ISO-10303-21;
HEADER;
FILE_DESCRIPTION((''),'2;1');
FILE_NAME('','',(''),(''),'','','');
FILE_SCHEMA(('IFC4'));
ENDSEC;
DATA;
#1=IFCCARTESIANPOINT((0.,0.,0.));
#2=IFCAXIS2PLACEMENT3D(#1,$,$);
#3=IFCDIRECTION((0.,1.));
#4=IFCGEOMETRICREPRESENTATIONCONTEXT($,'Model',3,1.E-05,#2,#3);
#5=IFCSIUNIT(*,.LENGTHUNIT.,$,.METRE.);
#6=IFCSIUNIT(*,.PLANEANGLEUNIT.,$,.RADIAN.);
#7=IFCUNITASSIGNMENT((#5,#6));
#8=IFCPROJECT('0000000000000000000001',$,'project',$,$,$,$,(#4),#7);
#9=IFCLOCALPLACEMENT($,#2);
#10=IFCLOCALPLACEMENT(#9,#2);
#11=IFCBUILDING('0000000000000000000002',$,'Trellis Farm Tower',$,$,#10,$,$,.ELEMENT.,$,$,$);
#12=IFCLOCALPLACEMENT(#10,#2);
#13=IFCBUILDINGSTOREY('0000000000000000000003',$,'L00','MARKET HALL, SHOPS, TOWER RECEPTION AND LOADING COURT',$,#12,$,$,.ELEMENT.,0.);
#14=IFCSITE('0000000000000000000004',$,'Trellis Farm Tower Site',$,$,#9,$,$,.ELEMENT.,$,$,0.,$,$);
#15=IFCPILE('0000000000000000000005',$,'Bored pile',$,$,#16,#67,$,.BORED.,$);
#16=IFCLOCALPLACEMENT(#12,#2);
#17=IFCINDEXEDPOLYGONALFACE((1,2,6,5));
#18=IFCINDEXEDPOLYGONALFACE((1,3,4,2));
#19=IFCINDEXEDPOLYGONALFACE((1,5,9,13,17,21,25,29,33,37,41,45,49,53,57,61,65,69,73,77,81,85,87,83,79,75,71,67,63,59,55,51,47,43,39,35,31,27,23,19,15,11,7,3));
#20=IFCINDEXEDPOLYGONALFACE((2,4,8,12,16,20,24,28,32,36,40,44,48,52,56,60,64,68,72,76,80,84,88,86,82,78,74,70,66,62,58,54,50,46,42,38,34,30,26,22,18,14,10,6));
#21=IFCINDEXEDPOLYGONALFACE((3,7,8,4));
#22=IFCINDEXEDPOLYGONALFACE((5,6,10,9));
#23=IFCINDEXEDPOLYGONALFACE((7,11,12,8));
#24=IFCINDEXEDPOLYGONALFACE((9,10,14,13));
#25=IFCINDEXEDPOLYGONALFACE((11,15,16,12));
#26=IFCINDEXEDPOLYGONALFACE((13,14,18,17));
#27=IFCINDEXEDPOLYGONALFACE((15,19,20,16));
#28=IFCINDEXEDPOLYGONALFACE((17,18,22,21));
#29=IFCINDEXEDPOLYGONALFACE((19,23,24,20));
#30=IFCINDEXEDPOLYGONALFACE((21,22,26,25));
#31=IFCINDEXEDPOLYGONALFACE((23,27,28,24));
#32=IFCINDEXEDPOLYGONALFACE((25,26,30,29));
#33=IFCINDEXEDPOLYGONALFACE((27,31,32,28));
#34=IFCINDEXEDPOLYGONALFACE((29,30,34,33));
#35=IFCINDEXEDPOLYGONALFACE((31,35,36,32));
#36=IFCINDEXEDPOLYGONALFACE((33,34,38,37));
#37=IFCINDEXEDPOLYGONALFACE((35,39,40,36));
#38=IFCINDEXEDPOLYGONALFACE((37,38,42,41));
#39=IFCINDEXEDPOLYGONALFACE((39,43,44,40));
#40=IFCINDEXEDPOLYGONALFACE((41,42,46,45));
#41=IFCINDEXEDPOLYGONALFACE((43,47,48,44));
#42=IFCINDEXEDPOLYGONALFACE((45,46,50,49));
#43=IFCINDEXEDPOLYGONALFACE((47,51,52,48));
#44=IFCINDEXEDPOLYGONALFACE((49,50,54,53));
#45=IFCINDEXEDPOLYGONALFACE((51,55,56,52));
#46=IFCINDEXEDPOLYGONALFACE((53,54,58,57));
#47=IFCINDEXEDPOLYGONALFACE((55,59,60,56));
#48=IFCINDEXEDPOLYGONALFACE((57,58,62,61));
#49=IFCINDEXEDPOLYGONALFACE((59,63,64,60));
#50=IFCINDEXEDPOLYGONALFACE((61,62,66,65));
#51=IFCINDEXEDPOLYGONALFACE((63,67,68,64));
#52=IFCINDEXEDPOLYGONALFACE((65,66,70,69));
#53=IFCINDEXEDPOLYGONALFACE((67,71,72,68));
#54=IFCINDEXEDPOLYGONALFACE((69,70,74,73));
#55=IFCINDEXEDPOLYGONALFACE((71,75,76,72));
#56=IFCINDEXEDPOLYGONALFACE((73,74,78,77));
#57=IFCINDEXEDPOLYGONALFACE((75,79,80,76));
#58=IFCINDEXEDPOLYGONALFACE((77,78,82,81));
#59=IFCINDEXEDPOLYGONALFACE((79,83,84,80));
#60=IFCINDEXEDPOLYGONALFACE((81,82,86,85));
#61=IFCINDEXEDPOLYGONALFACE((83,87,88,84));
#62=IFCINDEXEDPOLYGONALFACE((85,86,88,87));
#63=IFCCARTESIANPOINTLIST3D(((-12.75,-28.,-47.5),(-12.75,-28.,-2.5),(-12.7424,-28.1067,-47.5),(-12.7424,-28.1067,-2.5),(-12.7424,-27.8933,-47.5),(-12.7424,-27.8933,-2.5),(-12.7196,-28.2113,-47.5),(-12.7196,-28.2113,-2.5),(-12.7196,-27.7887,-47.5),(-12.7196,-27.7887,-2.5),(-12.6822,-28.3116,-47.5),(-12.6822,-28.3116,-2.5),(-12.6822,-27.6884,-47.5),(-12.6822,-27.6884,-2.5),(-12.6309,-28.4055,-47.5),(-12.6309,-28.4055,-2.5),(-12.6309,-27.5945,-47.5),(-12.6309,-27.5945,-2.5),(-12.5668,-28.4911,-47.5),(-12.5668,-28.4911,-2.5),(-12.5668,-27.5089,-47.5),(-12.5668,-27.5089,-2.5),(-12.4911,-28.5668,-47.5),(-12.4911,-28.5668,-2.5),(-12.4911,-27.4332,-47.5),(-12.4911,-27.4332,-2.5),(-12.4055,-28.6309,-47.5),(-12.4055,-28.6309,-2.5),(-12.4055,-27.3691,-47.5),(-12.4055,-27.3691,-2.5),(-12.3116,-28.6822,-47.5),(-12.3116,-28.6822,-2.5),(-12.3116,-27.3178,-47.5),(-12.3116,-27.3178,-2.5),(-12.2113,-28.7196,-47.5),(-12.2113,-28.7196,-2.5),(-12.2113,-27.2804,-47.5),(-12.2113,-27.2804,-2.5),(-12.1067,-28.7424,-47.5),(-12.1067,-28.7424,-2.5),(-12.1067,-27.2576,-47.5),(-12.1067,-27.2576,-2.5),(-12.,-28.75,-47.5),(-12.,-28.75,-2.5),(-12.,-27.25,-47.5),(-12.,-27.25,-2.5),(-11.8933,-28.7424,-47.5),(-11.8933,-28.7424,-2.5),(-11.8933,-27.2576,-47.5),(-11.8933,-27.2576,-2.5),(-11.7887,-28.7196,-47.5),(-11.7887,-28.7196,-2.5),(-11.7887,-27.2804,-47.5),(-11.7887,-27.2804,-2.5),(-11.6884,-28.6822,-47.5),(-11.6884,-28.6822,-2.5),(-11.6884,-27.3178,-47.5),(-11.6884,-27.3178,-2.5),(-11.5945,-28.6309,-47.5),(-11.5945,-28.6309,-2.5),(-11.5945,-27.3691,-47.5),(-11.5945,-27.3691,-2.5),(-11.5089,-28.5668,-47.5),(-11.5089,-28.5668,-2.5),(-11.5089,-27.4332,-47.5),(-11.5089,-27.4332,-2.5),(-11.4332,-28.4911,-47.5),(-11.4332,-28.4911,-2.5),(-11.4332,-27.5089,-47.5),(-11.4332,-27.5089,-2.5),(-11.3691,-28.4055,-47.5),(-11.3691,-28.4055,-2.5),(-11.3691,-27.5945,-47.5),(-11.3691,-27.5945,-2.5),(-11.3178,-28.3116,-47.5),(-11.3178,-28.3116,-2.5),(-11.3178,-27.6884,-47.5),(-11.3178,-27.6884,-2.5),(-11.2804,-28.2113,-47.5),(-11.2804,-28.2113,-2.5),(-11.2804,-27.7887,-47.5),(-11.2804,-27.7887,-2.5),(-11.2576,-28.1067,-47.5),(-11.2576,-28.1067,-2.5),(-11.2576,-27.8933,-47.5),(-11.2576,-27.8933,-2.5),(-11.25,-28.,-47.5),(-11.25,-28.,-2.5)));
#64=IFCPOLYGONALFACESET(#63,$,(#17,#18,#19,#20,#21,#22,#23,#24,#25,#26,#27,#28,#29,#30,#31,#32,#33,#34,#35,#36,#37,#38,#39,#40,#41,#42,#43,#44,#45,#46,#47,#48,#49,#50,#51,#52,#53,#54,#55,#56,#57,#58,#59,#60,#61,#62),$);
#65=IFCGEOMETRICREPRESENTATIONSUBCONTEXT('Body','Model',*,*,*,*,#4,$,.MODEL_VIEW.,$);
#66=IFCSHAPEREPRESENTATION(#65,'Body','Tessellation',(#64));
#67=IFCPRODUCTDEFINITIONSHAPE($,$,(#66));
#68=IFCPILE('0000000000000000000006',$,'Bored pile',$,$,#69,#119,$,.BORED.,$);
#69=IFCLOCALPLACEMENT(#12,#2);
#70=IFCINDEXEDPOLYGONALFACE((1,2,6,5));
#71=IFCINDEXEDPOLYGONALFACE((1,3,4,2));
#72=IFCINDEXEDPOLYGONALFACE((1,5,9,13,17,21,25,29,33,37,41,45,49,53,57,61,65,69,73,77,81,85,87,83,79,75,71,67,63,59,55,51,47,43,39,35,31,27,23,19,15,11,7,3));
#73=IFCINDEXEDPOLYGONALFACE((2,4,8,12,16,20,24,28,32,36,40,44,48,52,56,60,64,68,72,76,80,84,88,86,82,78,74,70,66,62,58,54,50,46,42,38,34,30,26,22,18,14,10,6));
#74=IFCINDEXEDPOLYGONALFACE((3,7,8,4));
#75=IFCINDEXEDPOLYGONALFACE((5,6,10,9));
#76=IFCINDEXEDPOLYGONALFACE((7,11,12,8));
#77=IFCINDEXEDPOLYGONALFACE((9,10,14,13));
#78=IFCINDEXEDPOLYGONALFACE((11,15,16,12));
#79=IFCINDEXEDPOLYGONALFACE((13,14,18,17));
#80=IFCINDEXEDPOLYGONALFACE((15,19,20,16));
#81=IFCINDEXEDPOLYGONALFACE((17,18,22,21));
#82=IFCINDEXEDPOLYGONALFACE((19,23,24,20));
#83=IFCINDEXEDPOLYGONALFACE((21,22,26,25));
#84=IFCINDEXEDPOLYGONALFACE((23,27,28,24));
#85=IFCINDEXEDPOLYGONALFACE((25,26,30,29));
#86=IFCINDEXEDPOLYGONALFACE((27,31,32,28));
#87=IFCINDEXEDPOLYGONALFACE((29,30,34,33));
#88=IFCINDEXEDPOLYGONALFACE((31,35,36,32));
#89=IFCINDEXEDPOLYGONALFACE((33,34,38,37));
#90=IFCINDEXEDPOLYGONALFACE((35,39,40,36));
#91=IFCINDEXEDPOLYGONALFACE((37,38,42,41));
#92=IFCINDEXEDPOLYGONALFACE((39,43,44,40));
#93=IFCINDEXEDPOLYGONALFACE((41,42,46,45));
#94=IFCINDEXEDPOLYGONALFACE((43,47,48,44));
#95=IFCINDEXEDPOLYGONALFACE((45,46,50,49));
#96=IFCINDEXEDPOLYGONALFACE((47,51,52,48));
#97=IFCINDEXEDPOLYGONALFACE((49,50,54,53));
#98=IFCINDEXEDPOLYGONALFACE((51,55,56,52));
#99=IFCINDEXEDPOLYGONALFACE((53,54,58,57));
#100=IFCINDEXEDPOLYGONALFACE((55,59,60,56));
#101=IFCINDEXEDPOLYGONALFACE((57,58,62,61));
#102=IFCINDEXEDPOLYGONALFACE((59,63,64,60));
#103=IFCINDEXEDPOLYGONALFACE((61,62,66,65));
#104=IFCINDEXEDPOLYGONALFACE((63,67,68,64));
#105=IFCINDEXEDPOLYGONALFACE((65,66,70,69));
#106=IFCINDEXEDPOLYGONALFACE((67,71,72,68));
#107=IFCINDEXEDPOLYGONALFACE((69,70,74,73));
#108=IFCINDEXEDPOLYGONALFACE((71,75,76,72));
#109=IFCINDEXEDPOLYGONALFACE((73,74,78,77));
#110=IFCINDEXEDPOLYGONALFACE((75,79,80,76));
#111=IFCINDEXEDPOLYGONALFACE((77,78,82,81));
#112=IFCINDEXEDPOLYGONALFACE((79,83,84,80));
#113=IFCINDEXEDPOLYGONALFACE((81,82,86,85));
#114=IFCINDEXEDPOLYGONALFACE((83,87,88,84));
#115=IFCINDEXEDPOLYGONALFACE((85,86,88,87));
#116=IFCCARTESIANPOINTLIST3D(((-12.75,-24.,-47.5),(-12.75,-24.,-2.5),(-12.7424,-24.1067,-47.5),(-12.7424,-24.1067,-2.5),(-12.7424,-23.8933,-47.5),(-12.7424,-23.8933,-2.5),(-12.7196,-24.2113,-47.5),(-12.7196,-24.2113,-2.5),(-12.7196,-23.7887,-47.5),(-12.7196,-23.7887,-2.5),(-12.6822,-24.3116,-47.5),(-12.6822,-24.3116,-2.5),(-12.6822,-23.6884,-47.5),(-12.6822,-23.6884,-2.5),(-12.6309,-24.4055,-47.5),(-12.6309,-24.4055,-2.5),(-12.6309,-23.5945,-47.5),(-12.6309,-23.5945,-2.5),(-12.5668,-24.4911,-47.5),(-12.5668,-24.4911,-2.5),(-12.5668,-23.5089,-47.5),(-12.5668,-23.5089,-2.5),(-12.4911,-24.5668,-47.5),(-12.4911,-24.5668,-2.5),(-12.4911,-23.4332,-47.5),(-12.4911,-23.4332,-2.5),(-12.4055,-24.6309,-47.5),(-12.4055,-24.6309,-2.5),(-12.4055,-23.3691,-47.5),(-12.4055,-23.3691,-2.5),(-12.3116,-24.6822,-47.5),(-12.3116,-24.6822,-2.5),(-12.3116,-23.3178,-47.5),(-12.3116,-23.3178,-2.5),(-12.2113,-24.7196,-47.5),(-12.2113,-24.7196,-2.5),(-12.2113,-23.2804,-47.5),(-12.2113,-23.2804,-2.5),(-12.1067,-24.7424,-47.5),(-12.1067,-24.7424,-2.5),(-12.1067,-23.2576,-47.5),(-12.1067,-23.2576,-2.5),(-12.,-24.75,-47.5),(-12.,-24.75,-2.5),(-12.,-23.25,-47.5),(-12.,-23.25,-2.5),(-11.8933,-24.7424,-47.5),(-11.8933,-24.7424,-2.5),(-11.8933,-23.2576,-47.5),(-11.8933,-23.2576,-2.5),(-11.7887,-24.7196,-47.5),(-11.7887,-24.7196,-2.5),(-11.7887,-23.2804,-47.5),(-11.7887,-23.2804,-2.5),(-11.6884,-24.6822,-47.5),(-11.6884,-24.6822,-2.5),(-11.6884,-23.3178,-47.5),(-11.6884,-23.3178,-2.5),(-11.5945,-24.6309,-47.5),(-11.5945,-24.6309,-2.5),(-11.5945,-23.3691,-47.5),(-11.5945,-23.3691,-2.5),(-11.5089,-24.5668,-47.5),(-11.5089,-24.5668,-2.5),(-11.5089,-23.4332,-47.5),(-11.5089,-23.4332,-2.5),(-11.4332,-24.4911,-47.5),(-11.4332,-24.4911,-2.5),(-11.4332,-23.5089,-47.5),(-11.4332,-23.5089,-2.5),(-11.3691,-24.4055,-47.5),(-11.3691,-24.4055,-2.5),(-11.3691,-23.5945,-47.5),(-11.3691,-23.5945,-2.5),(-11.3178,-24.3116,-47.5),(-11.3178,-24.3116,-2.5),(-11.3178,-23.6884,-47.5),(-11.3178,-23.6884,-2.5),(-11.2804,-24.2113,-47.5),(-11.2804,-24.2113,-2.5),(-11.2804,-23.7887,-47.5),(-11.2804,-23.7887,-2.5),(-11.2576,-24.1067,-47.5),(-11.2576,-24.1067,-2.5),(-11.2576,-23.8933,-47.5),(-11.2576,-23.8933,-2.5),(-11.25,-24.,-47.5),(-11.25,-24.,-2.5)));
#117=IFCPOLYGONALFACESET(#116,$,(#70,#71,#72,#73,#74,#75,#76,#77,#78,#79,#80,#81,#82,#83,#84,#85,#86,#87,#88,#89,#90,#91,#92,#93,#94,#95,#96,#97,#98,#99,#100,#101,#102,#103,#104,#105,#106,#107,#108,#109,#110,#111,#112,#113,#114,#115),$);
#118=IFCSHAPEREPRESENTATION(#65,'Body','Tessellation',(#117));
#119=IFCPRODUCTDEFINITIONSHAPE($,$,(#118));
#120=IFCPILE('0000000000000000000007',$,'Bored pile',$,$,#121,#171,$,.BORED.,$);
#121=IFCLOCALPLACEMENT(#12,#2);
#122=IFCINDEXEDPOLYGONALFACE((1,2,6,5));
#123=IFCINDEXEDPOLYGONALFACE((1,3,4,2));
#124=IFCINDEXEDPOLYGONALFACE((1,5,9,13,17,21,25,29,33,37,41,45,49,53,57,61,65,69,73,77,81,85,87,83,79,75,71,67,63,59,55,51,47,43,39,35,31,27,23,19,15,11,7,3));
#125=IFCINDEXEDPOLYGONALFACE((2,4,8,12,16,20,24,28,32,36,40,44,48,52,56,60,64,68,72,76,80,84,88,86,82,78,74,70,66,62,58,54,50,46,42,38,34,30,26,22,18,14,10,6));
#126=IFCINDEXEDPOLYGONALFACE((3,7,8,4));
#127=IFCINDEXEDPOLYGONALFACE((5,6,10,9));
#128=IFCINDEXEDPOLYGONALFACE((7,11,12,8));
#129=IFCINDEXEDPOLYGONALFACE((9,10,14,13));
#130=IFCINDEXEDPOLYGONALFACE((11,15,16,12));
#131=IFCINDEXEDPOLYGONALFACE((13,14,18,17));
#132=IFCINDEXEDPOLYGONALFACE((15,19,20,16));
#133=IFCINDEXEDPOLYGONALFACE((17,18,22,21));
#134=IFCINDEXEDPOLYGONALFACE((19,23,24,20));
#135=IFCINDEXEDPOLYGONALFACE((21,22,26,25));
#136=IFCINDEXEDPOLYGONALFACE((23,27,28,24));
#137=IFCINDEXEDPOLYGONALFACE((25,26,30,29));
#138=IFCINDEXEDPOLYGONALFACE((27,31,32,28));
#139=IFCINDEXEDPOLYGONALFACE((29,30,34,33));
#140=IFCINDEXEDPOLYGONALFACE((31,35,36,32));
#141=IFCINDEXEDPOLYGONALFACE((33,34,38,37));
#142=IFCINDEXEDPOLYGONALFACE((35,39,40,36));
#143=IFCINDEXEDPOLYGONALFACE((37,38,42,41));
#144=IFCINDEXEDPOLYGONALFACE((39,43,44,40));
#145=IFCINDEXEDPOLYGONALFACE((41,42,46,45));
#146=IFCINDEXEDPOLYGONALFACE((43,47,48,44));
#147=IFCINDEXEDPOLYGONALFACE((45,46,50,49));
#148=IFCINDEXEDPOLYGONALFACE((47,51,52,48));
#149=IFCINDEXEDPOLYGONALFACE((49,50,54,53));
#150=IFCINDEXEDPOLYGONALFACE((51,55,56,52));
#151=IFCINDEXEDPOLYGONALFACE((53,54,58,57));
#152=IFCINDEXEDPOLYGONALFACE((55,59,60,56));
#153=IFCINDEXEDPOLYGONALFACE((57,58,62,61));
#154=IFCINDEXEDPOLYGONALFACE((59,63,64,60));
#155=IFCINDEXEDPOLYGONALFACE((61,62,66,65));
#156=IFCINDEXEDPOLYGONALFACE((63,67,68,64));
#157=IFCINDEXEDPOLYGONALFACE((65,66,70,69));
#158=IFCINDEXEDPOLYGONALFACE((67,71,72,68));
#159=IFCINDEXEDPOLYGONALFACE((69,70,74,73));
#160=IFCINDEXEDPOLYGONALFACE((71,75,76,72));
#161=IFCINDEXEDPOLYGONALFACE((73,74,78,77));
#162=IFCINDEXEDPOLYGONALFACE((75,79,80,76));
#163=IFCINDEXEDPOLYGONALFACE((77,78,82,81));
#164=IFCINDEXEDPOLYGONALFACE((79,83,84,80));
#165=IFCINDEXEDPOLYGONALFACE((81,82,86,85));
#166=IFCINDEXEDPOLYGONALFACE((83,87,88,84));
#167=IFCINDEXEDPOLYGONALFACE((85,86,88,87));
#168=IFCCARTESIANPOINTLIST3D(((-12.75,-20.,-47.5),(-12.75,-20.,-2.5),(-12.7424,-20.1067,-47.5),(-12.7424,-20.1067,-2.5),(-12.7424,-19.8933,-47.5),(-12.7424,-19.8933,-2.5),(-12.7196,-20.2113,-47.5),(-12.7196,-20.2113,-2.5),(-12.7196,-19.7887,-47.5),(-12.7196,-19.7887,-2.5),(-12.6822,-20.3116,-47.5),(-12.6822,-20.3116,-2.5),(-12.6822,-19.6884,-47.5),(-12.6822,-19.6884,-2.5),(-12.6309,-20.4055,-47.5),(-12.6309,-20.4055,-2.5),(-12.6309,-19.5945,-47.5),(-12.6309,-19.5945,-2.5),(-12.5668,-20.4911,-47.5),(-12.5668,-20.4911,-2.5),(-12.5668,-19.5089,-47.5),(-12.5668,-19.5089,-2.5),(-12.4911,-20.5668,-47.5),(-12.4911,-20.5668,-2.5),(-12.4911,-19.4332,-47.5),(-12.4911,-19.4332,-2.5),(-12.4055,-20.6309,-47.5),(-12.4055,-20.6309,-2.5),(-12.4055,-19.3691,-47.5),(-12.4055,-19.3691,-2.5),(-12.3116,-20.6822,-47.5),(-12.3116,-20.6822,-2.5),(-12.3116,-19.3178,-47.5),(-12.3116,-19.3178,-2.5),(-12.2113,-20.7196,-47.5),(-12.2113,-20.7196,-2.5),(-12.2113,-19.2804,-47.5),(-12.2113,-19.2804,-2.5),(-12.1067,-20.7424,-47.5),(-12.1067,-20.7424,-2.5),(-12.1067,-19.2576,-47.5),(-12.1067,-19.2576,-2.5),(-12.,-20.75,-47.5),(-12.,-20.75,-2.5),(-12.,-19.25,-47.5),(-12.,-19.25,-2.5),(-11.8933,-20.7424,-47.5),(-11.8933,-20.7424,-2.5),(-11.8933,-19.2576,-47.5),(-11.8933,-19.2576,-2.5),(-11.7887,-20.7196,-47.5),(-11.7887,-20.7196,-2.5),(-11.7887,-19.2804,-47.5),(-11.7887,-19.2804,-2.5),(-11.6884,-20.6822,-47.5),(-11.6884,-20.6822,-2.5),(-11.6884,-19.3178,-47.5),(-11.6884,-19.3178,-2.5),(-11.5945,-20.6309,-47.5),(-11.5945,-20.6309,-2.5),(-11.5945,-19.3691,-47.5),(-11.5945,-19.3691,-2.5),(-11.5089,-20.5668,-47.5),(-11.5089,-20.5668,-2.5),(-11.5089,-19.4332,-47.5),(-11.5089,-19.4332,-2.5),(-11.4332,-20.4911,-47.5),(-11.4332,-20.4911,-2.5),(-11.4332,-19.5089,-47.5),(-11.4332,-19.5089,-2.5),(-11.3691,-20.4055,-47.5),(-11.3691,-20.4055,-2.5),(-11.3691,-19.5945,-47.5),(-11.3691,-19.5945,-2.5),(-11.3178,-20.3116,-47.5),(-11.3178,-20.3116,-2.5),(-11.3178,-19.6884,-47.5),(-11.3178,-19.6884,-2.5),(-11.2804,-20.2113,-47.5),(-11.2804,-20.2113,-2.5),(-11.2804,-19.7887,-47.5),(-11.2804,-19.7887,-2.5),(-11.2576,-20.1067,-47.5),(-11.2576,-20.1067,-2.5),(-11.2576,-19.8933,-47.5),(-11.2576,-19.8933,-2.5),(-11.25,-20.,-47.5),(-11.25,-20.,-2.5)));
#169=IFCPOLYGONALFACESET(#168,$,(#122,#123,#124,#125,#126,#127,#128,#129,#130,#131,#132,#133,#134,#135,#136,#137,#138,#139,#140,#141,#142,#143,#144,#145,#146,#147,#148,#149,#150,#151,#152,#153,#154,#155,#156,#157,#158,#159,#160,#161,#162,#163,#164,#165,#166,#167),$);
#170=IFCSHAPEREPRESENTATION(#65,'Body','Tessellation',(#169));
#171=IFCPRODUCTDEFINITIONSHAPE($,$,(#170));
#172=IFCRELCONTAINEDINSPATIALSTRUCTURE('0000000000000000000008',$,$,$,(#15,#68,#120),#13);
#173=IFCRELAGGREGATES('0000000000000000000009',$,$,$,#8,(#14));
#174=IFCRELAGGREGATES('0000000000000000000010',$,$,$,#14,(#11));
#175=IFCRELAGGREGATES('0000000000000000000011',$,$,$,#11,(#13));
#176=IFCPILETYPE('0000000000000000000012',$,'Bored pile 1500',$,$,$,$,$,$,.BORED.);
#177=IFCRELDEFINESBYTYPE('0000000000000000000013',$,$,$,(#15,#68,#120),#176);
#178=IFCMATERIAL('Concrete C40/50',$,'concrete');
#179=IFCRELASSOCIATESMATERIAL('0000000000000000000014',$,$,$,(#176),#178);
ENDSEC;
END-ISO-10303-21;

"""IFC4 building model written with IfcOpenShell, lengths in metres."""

from ifc_helpers import new_model, si_unit, direction, frame, origin, origin_2d, place, context, subcontext, project, spatial, circle, extrude, source, transform, mapped, material, material_profile, profile_set, type_object, element, save


model = new_model("IFC4")

# Units and contexts
model_context = context("Model", 3, precision=1e-05, world=origin(), true_north=direction((0.0, 1.0)))
body_context = subcontext(model_context, "Body", "Model", "MODEL_VIEW")
ifc_project = project(units=[si_unit("LENGTHUNIT", "METRE"), si_unit("PLANEANGLEUNIT", "RADIAN")], contexts=[model_context])

# Site, building, storey
site_placement = place(None, origin())
site = spatial("IfcSite", under=ifc_project, at=site_placement, Name="Trellis Farm Tower Site", CompositionType="ELEMENT", RefElevation=0.0)
building_placement = place(site_placement, origin())
building = spatial("IfcBuilding", under=site, at=building_placement, Name="Trellis Farm Tower", CompositionType="ELEMENT")
storey_placement = place(building_placement, origin())
storey = spatial("IfcBuildingStorey", under=building, at=storey_placement, Name="L00", Description="MARKET HALL, SHOPS, TOWER RECEPTION AND LOADING COURT", CompositionType="ELEMENT", Elevation=0.0)

# Piles
ifc_material_1 = material(Name="Concrete C40/50", Category="concrete")
ifc_material_profile_1 = material_profile(ifc_material_1, circle(Radius=0.75, at=origin_2d()), Name="Bored pile 1500")
ifc_profile_set_1 = profile_set([ifc_material_profile_1], Name="Concrete C40/50")
pile_type = type_object("IfcPileType", Name="Bored pile 1500", PredefinedType="BORED", material=ifc_profile_set_1)
shared_shape_1 = source(origin(), body_context, "Body", "SweptSolid", [
    extrude(circle(Radius=0.75, at=origin_2d()), origin(), (0.0, 0.0, 1.0), 45.0),
])
for number, where, z_axis, x_axis, name in (
    (1, (-12.0, -28.0, -2.5), (0.0, 0.0, -1.0), (1.0, 0.0, 0.0), "Bored pile"),
    (2, (-12.0, -24.0, -2.5), (0.0, 0.0, -1.0), (1.0, 0.0, 0.0), "Bored pile"),
    (3, (-12.0, -20.0, -2.5), (0.0, 0.0, -1.0), (1.0, 0.0, 0.0), "Bored pile"),
):
    element("IfcPile", number, at=place(storey_placement, frame(where, z_axis=z_axis, x_axis=x_axis)), inside=storey, type_object=pile_type, Name=name, PredefinedType="BORED", context=body_context, shape_type="MappedRepresentation", body=[
        mapped(shared_shape_1, transform((0.0, 0.0, 0.0))),
    ])

save(model, "model.ifc")
